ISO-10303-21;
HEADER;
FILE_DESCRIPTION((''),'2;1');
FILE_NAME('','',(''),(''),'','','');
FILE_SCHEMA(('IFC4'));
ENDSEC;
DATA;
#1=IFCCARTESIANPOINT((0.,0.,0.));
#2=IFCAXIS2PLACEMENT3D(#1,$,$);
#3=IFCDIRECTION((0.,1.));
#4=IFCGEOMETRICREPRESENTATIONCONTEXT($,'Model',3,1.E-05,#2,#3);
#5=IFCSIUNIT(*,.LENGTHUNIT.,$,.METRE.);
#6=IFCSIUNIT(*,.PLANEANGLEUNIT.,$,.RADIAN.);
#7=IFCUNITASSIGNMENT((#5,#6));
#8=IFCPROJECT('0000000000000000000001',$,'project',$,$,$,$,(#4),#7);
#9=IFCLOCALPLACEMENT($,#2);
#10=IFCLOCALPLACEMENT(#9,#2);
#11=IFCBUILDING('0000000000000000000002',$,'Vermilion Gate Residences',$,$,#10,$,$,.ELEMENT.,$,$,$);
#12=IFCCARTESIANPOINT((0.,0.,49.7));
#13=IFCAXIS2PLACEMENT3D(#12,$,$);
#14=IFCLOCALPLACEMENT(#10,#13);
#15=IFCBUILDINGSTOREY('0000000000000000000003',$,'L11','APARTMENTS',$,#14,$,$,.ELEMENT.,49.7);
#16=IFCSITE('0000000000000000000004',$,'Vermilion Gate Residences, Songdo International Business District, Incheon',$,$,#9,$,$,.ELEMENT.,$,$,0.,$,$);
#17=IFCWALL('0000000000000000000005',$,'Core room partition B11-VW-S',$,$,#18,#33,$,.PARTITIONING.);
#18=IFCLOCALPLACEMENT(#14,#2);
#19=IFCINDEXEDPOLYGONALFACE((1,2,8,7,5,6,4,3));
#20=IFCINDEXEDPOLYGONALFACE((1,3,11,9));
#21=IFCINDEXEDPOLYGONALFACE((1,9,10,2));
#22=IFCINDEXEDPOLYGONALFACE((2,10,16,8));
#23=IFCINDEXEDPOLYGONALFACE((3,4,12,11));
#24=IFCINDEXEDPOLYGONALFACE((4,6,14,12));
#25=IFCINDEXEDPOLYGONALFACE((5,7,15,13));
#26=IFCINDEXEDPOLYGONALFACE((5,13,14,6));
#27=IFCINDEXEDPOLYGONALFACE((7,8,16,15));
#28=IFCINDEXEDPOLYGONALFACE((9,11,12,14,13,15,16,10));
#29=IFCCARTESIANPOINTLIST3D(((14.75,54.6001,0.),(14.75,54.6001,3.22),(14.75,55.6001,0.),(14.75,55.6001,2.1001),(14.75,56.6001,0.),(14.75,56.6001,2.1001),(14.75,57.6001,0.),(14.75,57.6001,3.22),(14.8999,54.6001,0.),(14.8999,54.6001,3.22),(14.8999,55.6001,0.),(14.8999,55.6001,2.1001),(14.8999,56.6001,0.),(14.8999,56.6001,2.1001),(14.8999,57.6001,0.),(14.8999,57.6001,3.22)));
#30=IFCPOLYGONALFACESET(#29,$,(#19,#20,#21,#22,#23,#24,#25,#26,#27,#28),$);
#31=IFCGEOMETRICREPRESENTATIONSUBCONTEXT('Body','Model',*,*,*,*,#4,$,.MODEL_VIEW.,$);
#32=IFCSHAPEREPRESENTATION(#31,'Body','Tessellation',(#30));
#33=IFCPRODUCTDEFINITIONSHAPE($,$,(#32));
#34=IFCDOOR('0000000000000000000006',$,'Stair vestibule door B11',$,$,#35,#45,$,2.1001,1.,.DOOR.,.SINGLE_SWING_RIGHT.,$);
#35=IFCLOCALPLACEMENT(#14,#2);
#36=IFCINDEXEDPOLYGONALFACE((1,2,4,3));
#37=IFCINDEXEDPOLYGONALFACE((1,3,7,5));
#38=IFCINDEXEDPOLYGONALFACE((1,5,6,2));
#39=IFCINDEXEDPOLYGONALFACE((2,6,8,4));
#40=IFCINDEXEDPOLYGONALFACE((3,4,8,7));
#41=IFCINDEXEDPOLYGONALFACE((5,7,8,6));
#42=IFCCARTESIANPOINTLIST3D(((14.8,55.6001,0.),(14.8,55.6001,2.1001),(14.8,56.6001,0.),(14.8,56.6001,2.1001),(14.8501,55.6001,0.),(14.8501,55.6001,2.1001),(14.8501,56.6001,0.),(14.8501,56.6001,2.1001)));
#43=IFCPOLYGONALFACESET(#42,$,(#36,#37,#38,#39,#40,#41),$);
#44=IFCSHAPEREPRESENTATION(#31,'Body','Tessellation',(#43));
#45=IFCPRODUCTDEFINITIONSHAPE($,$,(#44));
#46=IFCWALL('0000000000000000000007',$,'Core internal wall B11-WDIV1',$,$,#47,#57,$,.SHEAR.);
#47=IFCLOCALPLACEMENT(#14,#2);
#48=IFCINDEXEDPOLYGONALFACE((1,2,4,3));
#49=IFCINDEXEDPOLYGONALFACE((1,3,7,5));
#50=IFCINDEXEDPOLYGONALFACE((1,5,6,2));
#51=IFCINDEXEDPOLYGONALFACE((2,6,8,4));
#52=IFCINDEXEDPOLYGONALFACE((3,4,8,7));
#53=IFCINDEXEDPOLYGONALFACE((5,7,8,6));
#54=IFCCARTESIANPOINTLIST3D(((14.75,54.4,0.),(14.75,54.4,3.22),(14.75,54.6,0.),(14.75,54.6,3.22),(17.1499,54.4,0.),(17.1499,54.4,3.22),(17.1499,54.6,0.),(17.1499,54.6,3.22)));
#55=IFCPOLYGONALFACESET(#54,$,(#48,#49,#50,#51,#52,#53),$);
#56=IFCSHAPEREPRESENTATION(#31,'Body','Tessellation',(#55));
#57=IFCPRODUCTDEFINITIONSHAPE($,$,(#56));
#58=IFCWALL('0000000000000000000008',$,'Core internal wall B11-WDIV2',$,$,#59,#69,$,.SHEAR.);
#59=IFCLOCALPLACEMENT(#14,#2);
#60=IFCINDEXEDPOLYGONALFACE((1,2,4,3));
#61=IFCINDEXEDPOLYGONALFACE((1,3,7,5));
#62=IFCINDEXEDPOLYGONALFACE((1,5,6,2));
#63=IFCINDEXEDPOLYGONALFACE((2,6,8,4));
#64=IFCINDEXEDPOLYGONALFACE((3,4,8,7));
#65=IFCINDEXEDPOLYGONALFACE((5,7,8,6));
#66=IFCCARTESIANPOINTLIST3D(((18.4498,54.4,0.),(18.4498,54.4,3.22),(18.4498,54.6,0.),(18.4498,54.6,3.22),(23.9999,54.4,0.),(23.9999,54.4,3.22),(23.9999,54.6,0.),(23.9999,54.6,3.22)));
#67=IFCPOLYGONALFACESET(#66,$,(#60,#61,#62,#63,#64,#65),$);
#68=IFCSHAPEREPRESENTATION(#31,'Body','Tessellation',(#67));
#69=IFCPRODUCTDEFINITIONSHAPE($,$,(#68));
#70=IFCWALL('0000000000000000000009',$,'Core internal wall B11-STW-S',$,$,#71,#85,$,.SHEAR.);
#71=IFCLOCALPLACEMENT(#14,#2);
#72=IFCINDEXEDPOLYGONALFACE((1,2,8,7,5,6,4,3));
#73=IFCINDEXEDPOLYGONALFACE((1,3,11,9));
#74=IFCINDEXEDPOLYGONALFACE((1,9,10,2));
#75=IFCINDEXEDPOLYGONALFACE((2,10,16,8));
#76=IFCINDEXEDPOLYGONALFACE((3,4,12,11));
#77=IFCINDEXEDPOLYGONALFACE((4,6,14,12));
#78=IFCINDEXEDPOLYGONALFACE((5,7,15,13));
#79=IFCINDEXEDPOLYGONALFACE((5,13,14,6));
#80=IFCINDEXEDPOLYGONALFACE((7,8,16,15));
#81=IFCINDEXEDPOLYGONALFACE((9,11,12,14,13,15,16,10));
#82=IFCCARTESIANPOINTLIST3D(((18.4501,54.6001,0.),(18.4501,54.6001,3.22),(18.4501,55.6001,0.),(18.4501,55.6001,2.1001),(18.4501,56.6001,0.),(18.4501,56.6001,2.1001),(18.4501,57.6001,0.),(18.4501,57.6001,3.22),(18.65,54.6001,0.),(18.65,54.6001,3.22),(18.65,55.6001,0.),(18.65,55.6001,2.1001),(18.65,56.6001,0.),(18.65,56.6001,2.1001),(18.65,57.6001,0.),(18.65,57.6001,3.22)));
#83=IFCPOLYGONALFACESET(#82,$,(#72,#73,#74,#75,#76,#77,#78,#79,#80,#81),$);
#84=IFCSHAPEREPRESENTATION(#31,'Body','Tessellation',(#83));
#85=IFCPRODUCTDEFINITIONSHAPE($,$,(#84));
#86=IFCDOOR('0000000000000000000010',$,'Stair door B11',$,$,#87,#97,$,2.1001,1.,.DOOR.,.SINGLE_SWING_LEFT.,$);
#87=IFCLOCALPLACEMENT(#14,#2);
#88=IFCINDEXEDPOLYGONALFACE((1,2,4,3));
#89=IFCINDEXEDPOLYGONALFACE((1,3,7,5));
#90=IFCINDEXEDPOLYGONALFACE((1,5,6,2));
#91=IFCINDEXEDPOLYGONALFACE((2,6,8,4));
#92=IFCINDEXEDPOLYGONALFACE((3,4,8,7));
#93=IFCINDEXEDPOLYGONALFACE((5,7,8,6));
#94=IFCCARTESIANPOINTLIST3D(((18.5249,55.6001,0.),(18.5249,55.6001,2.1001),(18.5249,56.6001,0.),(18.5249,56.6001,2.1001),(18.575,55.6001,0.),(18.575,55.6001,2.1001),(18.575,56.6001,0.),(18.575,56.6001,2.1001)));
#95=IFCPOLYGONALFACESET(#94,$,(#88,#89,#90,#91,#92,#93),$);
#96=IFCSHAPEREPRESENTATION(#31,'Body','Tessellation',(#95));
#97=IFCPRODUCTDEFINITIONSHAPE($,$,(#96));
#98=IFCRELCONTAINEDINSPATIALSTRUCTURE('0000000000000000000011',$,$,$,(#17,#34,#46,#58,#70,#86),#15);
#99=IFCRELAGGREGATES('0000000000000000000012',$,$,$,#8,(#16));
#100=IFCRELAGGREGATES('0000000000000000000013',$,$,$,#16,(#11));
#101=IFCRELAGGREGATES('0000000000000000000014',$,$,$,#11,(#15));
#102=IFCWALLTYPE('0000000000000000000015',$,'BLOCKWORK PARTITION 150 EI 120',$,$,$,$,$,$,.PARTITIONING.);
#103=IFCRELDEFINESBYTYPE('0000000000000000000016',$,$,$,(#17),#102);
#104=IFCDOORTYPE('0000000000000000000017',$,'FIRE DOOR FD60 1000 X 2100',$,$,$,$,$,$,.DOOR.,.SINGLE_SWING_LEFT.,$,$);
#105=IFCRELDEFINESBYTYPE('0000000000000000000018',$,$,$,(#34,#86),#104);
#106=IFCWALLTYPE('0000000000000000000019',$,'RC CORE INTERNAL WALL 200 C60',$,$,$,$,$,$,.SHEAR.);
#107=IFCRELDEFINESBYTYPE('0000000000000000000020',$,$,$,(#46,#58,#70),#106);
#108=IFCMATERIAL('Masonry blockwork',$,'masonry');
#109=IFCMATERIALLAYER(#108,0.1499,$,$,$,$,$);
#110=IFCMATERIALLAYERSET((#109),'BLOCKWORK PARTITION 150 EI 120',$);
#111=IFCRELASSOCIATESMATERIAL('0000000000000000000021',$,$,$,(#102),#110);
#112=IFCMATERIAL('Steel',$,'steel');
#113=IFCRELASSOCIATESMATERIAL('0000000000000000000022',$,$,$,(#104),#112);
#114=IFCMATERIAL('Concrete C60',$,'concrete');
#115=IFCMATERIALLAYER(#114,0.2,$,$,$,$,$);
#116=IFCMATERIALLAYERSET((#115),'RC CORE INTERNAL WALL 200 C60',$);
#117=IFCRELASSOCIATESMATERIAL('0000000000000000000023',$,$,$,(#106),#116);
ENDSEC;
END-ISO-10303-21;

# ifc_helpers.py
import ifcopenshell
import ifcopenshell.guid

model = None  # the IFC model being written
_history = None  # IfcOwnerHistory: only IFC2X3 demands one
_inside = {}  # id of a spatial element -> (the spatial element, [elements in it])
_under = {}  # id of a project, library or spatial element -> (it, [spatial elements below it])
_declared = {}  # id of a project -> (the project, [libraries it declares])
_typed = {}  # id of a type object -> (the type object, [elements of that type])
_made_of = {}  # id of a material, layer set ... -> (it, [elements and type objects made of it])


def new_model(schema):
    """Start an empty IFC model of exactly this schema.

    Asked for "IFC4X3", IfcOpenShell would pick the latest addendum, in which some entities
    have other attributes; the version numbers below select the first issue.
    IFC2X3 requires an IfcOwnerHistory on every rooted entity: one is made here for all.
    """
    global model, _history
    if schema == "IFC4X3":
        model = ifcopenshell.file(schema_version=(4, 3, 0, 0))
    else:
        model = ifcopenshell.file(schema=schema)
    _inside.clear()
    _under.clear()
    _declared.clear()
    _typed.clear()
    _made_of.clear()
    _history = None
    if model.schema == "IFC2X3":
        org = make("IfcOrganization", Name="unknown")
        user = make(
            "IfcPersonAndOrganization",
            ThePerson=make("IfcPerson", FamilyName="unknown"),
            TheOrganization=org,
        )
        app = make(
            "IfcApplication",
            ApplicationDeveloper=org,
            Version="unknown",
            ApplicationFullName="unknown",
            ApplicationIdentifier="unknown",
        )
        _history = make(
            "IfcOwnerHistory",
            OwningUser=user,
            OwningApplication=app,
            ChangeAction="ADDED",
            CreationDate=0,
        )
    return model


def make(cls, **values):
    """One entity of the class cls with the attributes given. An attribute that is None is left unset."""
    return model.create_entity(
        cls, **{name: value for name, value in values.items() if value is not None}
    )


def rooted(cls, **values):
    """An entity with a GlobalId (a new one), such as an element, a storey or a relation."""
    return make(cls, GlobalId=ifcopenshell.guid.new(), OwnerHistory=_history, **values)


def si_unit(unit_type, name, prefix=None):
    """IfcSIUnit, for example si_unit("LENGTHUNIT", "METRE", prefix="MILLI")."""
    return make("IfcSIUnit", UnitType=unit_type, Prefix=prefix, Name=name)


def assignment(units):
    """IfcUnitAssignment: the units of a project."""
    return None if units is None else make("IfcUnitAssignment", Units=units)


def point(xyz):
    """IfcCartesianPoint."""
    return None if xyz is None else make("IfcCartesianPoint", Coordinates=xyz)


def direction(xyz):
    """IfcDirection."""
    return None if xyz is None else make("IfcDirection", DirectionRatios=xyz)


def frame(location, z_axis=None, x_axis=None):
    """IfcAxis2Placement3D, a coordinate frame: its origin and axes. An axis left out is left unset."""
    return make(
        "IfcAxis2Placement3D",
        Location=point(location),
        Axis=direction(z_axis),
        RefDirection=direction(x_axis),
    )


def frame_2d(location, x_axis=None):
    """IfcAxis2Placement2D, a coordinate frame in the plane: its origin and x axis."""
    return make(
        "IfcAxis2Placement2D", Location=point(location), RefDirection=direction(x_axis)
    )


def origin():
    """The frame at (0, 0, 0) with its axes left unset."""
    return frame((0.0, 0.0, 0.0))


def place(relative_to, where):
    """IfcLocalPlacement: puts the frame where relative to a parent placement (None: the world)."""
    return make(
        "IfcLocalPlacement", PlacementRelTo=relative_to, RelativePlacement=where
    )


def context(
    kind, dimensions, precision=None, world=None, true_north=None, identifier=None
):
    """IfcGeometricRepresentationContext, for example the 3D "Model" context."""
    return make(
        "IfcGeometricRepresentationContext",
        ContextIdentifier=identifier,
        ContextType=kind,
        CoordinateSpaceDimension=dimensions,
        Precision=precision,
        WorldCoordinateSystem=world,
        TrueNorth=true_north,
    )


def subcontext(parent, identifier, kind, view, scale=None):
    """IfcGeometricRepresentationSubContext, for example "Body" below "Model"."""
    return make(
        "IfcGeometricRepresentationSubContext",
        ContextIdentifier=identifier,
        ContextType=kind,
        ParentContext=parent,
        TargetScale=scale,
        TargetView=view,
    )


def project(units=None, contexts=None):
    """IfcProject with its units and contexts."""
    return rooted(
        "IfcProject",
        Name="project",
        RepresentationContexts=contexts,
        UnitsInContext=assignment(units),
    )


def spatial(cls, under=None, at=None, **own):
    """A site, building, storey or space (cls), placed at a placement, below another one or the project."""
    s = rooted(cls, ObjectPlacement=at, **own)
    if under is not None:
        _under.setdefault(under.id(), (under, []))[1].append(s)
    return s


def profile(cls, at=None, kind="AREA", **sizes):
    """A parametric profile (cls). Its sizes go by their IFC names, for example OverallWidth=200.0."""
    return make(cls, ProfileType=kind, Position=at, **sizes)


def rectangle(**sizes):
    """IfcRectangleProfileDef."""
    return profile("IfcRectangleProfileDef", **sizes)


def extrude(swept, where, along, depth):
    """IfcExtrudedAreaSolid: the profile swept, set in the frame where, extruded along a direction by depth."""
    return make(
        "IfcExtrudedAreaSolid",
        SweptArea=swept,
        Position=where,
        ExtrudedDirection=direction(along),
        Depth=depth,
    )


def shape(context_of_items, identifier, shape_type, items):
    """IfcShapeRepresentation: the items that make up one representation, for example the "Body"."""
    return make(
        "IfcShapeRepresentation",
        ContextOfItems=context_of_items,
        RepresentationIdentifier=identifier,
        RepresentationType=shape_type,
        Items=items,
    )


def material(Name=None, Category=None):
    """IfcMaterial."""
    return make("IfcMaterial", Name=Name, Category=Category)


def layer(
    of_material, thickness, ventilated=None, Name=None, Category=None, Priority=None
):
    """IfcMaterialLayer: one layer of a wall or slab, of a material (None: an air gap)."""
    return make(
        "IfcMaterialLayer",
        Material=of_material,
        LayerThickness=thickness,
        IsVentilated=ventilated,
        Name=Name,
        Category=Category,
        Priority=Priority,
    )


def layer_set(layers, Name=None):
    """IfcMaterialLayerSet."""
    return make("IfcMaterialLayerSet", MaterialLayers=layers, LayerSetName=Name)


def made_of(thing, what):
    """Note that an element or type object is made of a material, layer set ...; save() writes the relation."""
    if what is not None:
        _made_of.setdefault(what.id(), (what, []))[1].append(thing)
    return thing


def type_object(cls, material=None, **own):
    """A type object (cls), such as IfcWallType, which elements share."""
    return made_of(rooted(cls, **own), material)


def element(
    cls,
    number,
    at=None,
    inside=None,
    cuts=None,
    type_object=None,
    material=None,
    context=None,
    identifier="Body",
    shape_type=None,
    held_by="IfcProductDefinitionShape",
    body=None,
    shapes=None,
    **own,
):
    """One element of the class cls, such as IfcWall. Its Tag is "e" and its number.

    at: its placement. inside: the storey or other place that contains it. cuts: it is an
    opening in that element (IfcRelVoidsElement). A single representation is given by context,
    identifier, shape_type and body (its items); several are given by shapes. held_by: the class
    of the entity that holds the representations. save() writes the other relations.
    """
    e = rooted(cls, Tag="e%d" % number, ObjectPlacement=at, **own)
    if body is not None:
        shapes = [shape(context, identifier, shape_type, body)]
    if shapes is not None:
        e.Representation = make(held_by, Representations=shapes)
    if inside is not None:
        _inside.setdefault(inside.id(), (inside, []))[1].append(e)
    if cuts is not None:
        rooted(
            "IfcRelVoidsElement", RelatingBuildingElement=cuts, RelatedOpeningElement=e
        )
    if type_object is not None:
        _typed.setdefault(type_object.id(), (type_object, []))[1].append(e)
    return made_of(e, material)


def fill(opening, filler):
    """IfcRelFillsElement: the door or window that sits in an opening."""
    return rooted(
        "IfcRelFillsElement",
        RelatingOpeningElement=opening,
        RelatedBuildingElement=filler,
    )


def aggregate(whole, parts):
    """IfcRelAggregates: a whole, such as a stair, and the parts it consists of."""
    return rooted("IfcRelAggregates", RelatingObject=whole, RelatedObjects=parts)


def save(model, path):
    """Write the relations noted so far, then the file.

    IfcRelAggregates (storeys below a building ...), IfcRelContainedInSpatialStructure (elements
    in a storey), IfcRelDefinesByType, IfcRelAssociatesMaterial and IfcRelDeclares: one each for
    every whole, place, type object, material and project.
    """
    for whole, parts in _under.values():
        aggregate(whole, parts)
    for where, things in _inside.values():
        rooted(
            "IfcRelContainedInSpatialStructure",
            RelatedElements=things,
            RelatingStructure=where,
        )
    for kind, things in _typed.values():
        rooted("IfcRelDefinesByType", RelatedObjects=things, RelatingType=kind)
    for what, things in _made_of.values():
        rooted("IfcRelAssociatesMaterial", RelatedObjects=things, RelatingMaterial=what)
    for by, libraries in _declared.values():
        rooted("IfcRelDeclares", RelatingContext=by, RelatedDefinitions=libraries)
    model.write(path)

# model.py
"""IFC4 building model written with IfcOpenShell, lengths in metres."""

from ifc_helpers import new_model, si_unit, direction, frame, frame_2d, origin, place, context, subcontext, project, spatial, rectangle, extrude, material, layer, layer_set, type_object, element, fill, save


model = new_model("IFC4")

# Units and contexts
model_context = context("Model", 3, precision=1e-05, world=origin(), true_north=direction((0.0, 1.0)))
body_context = subcontext(model_context, "Body", "Model", "MODEL_VIEW")
ifc_project = project(units=[si_unit("LENGTHUNIT", "METRE"), si_unit("PLANEANGLEUNIT", "RADIAN")], contexts=[model_context])

# Site, building, storey
site_placement = place(None, origin())
site = spatial("IfcSite", under=ifc_project, at=site_placement, Name="Vermilion Gate Residences, Songdo International Business District, Incheon", CompositionType="ELEMENT", RefElevation=0.0)
building_placement = place(site_placement, origin())
building = spatial("IfcBuilding", under=site, at=building_placement, Name="Vermilion Gate Residences", CompositionType="ELEMENT")
storey_placement = place(building_placement, frame((0.0, 0.0, 49.7)))
storey = spatial("IfcBuildingStorey", under=building, at=storey_placement, Name="L11", Description="APARTMENTS", CompositionType="ELEMENT", Elevation=49.7)

# Wall, opening, door
ifc_material_1 = material(Name="Masonry blockwork", Category="masonry")
ifc_layer_1 = layer(ifc_material_1, 0.1499)
ifc_layer_set_1 = layer_set([ifc_layer_1], Name="BLOCKWORK PARTITION 150 EI 120")
wall_type_1 = type_object("IfcWallType", Name="BLOCKWORK PARTITION 150 EI 120", PredefinedType="PARTITIONING", material=ifc_layer_set_1)
wall_1_placement = place(storey_placement, frame((14.825, 57.6001, 0.0), z_axis=(0.0, 0.0, 1.0), x_axis=(0.0, -1.0, 0.0)))
wall_1 = element("IfcWall", 1, at=wall_1_placement, inside=storey, type_object=wall_type_1, Name="Core room partition B11-VW-S", PredefinedType="PARTITIONING", context=body_context, shape_type="SweptSolid", body=[
    extrude(rectangle(XDim=3.0, YDim=0.1499, at=frame_2d((1.5, 0.0))), origin(), (0.0, 0.0, 1.0), 3.22),
])
opening_1_placement = place(wall_1_placement, frame((1.0, 0.0, 0.0)))
opening_1 = element("IfcOpeningElement", 2, at=opening_1_placement, cuts=wall_1, PredefinedType="OPENING", context=body_context, shape_type="SweptSolid", body=[
    extrude(rectangle(XDim=1.0, YDim=2.1001, at=frame_2d((0.5, 1.05))), frame((0.0, 0.085, 0.0), z_axis=(0.0, -1.0, 0.0), x_axis=(1.0, 0.0, 0.0)), (0.0, 0.0, 1.0), 0.1699),
])
ifc_material_2 = material(Name="Steel", Category="steel")
door_type = type_object("IfcDoorType", Name="FIRE DOOR FD60 1000 X 2100", OperationType="SINGLE_SWING_LEFT", PredefinedType="DOOR", material=ifc_material_2)
door_1_placement = place(opening_1_placement, frame((1.0, 0.0, 0.0), z_axis=(0.0, 0.0, 1.0), x_axis=(-1.0, 0.0, 0.0)))
door_1 = element("IfcDoor", 3, at=door_1_placement, inside=storey, type_object=door_type, Name="Stair vestibule door B11", OperationType="SINGLE_SWING_RIGHT", OverallHeight=2.1001, OverallWidth=1.0, PredefinedType="DOOR", context=body_context, shape_type="SweptSolid", body=[
    extrude(rectangle(XDim=1.0, YDim=2.1001, at=frame_2d((0.5, 1.05))), frame((0.0, 0.0249, 0.0), z_axis=(0.0, -1.0, 0.0), x_axis=(1.0, 0.0, 0.0)), (0.0, 0.0, 1.0), 0.05),
])
fill(opening_1, door_1)

# Walls
ifc_material_3 = material(Name="Concrete C60", Category="concrete")
ifc_layer_2 = layer(ifc_material_3, 0.2)
ifc_layer_set_2 = layer_set([ifc_layer_2], Name="RC CORE INTERNAL WALL 200 C60")
wall_type_2 = type_object("IfcWallType", Name="RC CORE INTERNAL WALL 200 C60", PredefinedType="SHEAR", material=ifc_layer_set_2)
wall_2_placement = place(storey_placement, frame((14.75, 54.5, 0.0), z_axis=(0.0, 0.0, 1.0), x_axis=(1.0, 0.0, 0.0)))
element("IfcWall", 4, at=wall_2_placement, inside=storey, type_object=wall_type_2, Name="Core internal wall B11-WDIV1", PredefinedType="SHEAR", context=body_context, shape_type="SweptSolid", body=[
    extrude(rectangle(XDim=2.3999, YDim=0.2, at=frame_2d((1.2, 0.0))), origin(), (0.0, 0.0, 1.0), 3.22),
])
wall_3_placement = place(storey_placement, frame((18.45, 54.5, 0.0), z_axis=(0.0, 0.0, 1.0), x_axis=(1.0, 0.0, 0.0)))
element("IfcWall", 5, at=wall_3_placement, inside=storey, type_object=wall_type_2, Name="Core internal wall B11-WDIV2", PredefinedType="SHEAR", context=body_context, shape_type="SweptSolid", body=[
    extrude(rectangle(XDim=5.55, YDim=0.2, at=frame_2d((2.7749, 0.0))), origin(), (0.0, 0.0, 1.0), 3.22),
])

# Wall, opening, door
wall_4_placement = place(storey_placement, frame((18.55, 57.6001, 0.0), z_axis=(0.0, 0.0, 1.0), x_axis=(0.0, -1.0, 0.0)))
wall_4 = element("IfcWall", 6, at=wall_4_placement, inside=storey, type_object=wall_type_2, Name="Core internal wall B11-STW-S", PredefinedType="SHEAR", context=body_context, shape_type="SweptSolid", body=[
    extrude(rectangle(XDim=3.0, YDim=0.2, at=frame_2d((1.5, 0.0))), origin(), (0.0, 0.0, 1.0), 3.22),
])
opening_2_placement = place(wall_4_placement, frame((1.0, 0.0, 0.0)))
opening_2 = element("IfcOpeningElement", 7, at=opening_2_placement, cuts=wall_4, PredefinedType="OPENING", context=body_context, shape_type="SweptSolid", body=[
    extrude(rectangle(XDim=1.0, YDim=2.1001, at=frame_2d((0.5, 1.05))), frame((0.0, 0.1099, 0.0), z_axis=(0.0, -1.0, 0.0), x_axis=(1.0, 0.0, 0.0)), (0.0, 0.0, 1.0), 0.22),
])
door_2_placement = place(opening_2_placement, origin())
door_2 = element("IfcDoor", 8, at=door_2_placement, inside=storey, type_object=door_type, Name="Stair door B11", OperationType="SINGLE_SWING_LEFT", OverallHeight=2.1001, OverallWidth=1.0, PredefinedType="DOOR", context=body_context, shape_type="SweptSolid", body=[
    extrude(rectangle(XDim=1.0, YDim=2.1001, at=frame_2d((0.5, 1.05))), frame((0.0, 0.0249, 0.0), z_axis=(0.0, -1.0, 0.0), x_axis=(1.0, 0.0, 0.0)), (0.0, 0.0, 1.0), 0.05),
])
fill(opening_2, door_2)

save(model, "model.ifc")
